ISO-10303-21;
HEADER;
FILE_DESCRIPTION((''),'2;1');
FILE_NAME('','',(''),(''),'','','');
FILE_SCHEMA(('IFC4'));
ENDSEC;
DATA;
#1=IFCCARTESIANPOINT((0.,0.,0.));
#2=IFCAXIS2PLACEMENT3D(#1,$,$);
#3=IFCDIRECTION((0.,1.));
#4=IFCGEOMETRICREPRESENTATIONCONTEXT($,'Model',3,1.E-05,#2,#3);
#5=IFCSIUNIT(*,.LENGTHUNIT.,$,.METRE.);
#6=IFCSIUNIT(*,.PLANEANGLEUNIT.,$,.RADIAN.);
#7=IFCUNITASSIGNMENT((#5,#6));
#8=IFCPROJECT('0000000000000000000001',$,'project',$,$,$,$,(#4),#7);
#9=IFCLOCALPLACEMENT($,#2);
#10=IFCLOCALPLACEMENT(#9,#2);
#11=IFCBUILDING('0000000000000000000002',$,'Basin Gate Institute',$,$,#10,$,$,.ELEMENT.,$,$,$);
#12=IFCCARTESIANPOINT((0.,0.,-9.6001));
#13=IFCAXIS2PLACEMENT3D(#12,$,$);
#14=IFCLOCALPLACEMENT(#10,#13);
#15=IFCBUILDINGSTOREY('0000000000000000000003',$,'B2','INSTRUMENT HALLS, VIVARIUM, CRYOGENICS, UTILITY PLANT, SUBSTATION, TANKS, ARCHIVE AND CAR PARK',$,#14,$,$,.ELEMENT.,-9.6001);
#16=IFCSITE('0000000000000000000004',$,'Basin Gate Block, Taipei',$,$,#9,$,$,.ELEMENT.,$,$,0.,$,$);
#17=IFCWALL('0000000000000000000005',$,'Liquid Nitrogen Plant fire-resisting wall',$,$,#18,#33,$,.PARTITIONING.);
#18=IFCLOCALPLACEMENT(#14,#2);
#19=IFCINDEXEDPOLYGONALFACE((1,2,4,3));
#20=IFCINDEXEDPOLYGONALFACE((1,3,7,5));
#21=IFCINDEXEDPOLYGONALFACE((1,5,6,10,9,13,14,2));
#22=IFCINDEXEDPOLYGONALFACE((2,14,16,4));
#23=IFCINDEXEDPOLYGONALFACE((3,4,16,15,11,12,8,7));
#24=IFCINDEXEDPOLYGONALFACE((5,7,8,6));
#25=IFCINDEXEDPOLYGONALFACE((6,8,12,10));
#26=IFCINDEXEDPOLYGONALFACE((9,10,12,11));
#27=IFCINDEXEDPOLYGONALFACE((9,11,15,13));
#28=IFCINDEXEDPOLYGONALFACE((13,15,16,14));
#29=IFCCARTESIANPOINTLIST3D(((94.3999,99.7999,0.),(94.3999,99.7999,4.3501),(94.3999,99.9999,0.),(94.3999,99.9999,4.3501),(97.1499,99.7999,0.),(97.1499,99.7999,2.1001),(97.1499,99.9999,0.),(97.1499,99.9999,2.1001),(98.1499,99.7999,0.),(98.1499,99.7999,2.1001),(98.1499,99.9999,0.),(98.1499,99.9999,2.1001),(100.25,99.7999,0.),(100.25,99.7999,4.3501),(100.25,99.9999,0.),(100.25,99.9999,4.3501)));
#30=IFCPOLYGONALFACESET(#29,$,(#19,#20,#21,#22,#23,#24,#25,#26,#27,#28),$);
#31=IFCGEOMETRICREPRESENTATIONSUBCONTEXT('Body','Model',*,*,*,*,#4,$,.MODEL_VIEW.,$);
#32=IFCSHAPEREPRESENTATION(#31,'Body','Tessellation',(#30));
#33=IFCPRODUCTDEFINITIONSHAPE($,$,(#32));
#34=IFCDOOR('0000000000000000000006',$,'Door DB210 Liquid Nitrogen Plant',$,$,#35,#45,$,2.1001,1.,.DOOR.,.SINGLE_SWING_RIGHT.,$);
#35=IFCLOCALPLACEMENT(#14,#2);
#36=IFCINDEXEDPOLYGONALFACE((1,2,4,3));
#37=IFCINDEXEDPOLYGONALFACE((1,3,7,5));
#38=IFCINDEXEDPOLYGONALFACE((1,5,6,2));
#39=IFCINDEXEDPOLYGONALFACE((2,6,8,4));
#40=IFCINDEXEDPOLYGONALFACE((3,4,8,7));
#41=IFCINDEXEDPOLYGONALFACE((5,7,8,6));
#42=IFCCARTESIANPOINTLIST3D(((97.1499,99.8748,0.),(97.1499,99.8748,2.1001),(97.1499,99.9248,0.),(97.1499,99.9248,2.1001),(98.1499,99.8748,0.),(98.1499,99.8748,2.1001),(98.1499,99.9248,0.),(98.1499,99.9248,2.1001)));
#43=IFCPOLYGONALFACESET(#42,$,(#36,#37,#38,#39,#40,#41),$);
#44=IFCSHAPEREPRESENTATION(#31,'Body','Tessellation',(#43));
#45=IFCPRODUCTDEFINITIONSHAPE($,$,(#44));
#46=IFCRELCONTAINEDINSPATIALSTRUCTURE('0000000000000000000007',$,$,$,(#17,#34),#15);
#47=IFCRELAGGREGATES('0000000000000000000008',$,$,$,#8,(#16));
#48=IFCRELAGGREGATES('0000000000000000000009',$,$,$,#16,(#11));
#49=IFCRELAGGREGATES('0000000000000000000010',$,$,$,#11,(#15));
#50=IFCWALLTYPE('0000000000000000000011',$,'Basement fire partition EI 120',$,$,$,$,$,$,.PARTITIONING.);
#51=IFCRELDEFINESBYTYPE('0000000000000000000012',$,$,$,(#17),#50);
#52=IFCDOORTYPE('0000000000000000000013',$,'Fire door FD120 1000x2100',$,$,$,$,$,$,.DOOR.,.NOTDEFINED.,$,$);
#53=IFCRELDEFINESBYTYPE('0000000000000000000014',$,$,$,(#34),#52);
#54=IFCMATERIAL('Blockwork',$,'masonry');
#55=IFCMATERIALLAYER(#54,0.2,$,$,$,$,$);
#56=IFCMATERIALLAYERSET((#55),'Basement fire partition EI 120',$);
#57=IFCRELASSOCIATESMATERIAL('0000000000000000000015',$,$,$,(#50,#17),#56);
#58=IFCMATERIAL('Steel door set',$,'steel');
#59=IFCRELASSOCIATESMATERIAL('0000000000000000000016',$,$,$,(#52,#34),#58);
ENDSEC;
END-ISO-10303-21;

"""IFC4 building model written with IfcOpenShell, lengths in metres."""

from ifc_helpers import new_model, si_unit, direction, frame, frame_2d, origin, place, context, subcontext, project, spatial, rectangle, extrude, material, layer, layer_set, type_object, element, fill, save


model = new_model("IFC4")

# Units and contexts
model_context = context("Model", 3, precision=1e-05, world=origin(), true_north=direction((0.0, 1.0)))
body_context = subcontext(model_context, "Body", "Model", "MODEL_VIEW")
ifc_project = project(units=[si_unit("LENGTHUNIT", "METRE"), si_unit("PLANEANGLEUNIT", "RADIAN")], contexts=[model_context])

# Site, building, storey
site_placement = place(None, origin())
site = spatial("IfcSite", under=ifc_project, at=site_placement, Name="Basin Gate Block, Taipei", CompositionType="ELEMENT", RefElevation=0.0)
building_placement = place(site_placement, origin())
building = spatial("IfcBuilding", under=site, at=building_placement, Name="Basin Gate Institute", CompositionType="ELEMENT")
storey_placement = place(building_placement, frame((0.0, 0.0, -9.6001)))
storey = spatial("IfcBuildingStorey", under=building, at=storey_placement, Name="B2", Description="INSTRUMENT HALLS, VIVARIUM, CRYOGENICS, UTILITY PLANT, SUBSTATION, TANKS, ARCHIVE AND CAR PARK", CompositionType="ELEMENT", Elevation=-9.6001)

# Shared definitions
ifc_material_1 = material(Name="Blockwork", Category="masonry")
ifc_layer = layer(ifc_material_1, 0.2)
ifc_layer_set = layer_set([ifc_layer], Name="Basement fire partition EI 120")
wall_type = type_object("IfcWallType", Name="Basement fire partition EI 120", PredefinedType="PARTITIONING", material=ifc_layer_set)

# Wall, opening, door
wall_1_placement = place(storey_placement, frame((94.3999, 99.8999, 0.0), z_axis=(0.0, 0.0, 1.0), x_axis=(1.0, 0.0, 0.0)))
wall_1 = element("IfcWall", 1, at=wall_1_placement, inside=storey, type_object=wall_type, material=ifc_layer_set, Name="Liquid Nitrogen Plant fire-resisting wall", PredefinedType="PARTITIONING", context=body_context, shape_type="SweptSolid", body=[
    extrude(rectangle(XDim=5.8501, YDim=0.2, at=frame_2d((2.925, 0.0))), origin(), (0.0, 0.0, 1.0), 4.3501),
])
opening_placement = place(wall_1_placement, frame((2.75, 0.0, 0.0)))
opening = element("IfcOpeningElement", 2, at=opening_placement, cuts=wall_1, PredefinedType="OPENING", context=body_context, shape_type="SweptSolid", body=[
    extrude(rectangle(XDim=1.0, YDim=2.1001, at=frame_2d((0.5, 1.05))), frame((0.0, 0.1099, 0.0), z_axis=(0.0, -1.0, 0.0), x_axis=(1.0, 0.0, 0.0)), (0.0, 0.0, 1.0), 0.22),
])
ifc_material_2 = material(Name="Steel door set", Category="steel")
door_type = type_object("IfcDoorType", Name="Fire door FD120 1000x2100", OperationType="NOTDEFINED", PredefinedType="DOOR", material=ifc_material_2)
door_placement = place(opening_placement, origin())
door = element("IfcDoor", 3, at=door_placement, inside=storey, type_object=door_type, material=ifc_material_2, Name="Door DB210 Liquid Nitrogen Plant", OperationType="SINGLE_SWING_RIGHT", OverallHeight=2.1001, OverallWidth=1.0, PredefinedType="DOOR", context=body_context, shape_type="SweptSolid", body=[
    extrude(rectangle(XDim=1.0, YDim=2.1001, at=frame_2d((0.5, 1.05))), frame((0.0, 0.0249, 0.0), z_axis=(0.0, -1.0, 0.0), x_axis=(1.0, 0.0, 0.0)), (0.0, 0.0, 1.0), 0.05),
])
fill(opening, door)

save(model, "model.ifc")
